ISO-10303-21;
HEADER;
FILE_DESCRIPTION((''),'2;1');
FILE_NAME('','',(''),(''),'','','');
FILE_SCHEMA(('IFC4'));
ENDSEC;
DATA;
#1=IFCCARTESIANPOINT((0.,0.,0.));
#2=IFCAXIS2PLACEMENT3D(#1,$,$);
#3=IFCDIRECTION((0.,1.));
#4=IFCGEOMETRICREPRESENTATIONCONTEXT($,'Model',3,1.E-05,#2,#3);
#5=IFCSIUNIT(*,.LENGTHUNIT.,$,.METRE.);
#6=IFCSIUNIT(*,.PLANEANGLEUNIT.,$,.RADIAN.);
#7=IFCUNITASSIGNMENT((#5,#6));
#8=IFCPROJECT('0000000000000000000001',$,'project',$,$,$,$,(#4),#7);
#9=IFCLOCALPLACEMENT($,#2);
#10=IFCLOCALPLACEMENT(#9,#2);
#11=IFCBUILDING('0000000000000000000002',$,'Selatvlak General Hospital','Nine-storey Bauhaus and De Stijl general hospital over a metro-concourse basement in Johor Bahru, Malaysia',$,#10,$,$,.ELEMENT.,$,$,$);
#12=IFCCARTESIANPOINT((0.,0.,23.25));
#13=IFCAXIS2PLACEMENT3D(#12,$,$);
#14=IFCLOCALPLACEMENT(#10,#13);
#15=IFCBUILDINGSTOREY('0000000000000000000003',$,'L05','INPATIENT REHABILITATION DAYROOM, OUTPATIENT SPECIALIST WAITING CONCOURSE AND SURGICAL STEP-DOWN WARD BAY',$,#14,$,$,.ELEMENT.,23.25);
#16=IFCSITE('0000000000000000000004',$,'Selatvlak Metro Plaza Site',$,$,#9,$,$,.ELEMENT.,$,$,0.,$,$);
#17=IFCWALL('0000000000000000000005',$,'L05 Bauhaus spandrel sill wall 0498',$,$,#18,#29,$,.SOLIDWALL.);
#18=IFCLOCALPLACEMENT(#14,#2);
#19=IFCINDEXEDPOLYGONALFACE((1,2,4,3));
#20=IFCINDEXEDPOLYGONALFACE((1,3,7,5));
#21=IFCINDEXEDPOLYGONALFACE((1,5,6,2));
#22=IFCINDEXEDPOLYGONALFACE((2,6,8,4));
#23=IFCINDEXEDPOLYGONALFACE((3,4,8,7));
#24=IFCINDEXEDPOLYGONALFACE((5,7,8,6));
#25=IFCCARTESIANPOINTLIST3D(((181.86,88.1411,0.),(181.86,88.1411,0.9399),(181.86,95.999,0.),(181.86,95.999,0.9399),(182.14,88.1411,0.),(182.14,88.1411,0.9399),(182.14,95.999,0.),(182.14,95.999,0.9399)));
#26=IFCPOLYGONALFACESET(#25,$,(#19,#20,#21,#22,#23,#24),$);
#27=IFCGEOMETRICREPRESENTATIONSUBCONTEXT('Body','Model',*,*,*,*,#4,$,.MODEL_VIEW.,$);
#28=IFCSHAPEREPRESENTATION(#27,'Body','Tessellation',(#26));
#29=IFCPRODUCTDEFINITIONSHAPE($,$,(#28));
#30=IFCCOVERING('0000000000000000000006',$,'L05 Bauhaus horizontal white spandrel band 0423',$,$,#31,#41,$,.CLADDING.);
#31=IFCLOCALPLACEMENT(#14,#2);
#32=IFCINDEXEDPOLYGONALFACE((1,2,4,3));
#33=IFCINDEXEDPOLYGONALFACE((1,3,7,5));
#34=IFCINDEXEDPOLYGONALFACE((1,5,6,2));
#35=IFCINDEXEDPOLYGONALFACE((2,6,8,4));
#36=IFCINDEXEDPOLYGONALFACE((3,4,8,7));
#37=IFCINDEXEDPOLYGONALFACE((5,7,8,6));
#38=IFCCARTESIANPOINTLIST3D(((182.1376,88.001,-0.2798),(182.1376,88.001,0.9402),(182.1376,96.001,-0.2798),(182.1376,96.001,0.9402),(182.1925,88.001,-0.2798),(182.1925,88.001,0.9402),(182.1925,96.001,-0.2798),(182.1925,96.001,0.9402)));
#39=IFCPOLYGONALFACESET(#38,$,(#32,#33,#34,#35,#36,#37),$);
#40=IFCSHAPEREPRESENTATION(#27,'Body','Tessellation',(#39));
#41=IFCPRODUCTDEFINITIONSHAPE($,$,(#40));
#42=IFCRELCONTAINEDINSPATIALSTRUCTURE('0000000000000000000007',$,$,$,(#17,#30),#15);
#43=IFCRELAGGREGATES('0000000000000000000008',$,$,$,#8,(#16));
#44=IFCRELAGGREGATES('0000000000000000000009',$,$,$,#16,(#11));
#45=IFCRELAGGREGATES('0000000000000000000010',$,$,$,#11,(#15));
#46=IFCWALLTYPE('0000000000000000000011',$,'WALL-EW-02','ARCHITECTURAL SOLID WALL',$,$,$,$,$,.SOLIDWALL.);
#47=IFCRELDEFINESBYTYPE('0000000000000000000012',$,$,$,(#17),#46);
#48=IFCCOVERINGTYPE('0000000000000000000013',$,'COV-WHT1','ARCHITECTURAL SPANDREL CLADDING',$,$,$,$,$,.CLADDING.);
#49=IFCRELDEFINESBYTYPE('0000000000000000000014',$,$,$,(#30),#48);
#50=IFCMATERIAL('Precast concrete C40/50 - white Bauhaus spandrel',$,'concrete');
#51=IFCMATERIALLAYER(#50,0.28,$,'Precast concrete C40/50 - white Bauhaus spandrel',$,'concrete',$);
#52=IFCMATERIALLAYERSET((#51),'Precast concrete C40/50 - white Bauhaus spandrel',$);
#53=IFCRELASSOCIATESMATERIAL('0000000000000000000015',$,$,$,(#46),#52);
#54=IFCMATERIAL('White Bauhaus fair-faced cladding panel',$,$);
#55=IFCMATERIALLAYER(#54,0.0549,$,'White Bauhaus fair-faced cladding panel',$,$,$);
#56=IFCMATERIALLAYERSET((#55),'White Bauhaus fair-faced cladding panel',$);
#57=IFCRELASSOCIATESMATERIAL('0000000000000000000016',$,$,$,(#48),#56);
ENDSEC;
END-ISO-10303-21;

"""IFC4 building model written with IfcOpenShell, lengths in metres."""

from ifc_helpers import new_model, si_unit, direction, frame, frame_2d, origin, origin_2d, place, context, subcontext, project, spatial, rectangle, extrude, material, layer, layer_set, type_object, element, save


model = new_model("IFC4")

# Units and contexts
model_context = context("Model", 3, precision=1e-05, world=origin(), true_north=direction((0.0, 1.0)))
body_context = subcontext(model_context, "Body", "Model", "MODEL_VIEW")
ifc_project = project(units=[si_unit("LENGTHUNIT", "METRE"), si_unit("PLANEANGLEUNIT", "RADIAN")], contexts=[model_context])

# Site, building, storey
site_placement = place(None, origin())
site = spatial("IfcSite", under=ifc_project, at=site_placement, Name="Selatvlak Metro Plaza Site", CompositionType="ELEMENT", RefElevation=0.0)
building_placement = place(site_placement, origin())
building = spatial("IfcBuilding", under=site, at=building_placement, Name="Selatvlak General Hospital", Description="Nine-storey Bauhaus and De Stijl general hospital over a metro-concourse basement in Johor Bahru, Malaysia", CompositionType="ELEMENT")
storey_placement = place(building_placement, frame((0.0, 0.0, 23.25)))
storey = spatial("IfcBuildingStorey", under=building, at=storey_placement, Name="L05", Description="INPATIENT REHABILITATION DAYROOM, OUTPATIENT SPECIALIST WAITING CONCOURSE AND SURGICAL STEP-DOWN WARD BAY", CompositionType="ELEMENT", Elevation=23.25)

# Wall
ifc_material_1 = material(Name="Precast concrete C40/50 - white Bauhaus spandrel", Category="concrete")
ifc_layer_1 = layer(ifc_material_1, 0.28, Name="Precast concrete C40/50 - white Bauhaus spandrel", Category="concrete")
ifc_layer_set_1 = layer_set([ifc_layer_1], Name="Precast concrete C40/50 - white Bauhaus spandrel")
wall_type = type_object("IfcWallType", Name="WALL-EW-02", Description="ARCHITECTURAL SOLID WALL", PredefinedType="SOLIDWALL", material=ifc_layer_set_1)
wall_placement = place(storey_placement, frame((182.0, 95.999, 0.0), z_axis=(0.0, 0.0, 1.0), x_axis=(0.0, -1.0, 0.0)))
element("IfcWall", 1, at=wall_placement, inside=storey, type_object=wall_type, Name="L05 Bauhaus spandrel sill wall 0498", PredefinedType="SOLIDWALL", context=body_context, shape_type="SweptSolid", body=[
    extrude(rectangle(XDim=7.8579, YDim=0.28, at=frame_2d((3.929, 0.0))), origin(), (0.0, 0.0, 1.0), 0.9399),
])

# Covering
ifc_material_2 = material(Name="White Bauhaus fair-faced cladding panel")
ifc_layer_2 = layer(ifc_material_2, 0.0549, Name="White Bauhaus fair-faced cladding panel")
ifc_layer_set_2 = layer_set([ifc_layer_2], Name="White Bauhaus fair-faced cladding panel")
covering_type = type_object("IfcCoveringType", Name="COV-WHT1", Description="ARCHITECTURAL SPANDREL CLADDING", PredefinedType="CLADDING", material=ifc_layer_set_2)
covering_placement = place(storey_placement, frame((182.165, 92.001, -0.2798), z_axis=(0.0, 0.0, 1.0), x_axis=(0.0, -1.0, 0.0)))
element("IfcCovering", 2, at=covering_placement, inside=storey, type_object=covering_type, Name="L05 Bauhaus horizontal white spandrel band 0423", PredefinedType="CLADDING", context=body_context, shape_type="SweptSolid", body=[
    extrude(rectangle(XDim=8.0, YDim=0.0549, at=origin_2d()), origin(), (0.0, 0.0, 1.0), 1.22),
])

save(model, "model.ifc")
